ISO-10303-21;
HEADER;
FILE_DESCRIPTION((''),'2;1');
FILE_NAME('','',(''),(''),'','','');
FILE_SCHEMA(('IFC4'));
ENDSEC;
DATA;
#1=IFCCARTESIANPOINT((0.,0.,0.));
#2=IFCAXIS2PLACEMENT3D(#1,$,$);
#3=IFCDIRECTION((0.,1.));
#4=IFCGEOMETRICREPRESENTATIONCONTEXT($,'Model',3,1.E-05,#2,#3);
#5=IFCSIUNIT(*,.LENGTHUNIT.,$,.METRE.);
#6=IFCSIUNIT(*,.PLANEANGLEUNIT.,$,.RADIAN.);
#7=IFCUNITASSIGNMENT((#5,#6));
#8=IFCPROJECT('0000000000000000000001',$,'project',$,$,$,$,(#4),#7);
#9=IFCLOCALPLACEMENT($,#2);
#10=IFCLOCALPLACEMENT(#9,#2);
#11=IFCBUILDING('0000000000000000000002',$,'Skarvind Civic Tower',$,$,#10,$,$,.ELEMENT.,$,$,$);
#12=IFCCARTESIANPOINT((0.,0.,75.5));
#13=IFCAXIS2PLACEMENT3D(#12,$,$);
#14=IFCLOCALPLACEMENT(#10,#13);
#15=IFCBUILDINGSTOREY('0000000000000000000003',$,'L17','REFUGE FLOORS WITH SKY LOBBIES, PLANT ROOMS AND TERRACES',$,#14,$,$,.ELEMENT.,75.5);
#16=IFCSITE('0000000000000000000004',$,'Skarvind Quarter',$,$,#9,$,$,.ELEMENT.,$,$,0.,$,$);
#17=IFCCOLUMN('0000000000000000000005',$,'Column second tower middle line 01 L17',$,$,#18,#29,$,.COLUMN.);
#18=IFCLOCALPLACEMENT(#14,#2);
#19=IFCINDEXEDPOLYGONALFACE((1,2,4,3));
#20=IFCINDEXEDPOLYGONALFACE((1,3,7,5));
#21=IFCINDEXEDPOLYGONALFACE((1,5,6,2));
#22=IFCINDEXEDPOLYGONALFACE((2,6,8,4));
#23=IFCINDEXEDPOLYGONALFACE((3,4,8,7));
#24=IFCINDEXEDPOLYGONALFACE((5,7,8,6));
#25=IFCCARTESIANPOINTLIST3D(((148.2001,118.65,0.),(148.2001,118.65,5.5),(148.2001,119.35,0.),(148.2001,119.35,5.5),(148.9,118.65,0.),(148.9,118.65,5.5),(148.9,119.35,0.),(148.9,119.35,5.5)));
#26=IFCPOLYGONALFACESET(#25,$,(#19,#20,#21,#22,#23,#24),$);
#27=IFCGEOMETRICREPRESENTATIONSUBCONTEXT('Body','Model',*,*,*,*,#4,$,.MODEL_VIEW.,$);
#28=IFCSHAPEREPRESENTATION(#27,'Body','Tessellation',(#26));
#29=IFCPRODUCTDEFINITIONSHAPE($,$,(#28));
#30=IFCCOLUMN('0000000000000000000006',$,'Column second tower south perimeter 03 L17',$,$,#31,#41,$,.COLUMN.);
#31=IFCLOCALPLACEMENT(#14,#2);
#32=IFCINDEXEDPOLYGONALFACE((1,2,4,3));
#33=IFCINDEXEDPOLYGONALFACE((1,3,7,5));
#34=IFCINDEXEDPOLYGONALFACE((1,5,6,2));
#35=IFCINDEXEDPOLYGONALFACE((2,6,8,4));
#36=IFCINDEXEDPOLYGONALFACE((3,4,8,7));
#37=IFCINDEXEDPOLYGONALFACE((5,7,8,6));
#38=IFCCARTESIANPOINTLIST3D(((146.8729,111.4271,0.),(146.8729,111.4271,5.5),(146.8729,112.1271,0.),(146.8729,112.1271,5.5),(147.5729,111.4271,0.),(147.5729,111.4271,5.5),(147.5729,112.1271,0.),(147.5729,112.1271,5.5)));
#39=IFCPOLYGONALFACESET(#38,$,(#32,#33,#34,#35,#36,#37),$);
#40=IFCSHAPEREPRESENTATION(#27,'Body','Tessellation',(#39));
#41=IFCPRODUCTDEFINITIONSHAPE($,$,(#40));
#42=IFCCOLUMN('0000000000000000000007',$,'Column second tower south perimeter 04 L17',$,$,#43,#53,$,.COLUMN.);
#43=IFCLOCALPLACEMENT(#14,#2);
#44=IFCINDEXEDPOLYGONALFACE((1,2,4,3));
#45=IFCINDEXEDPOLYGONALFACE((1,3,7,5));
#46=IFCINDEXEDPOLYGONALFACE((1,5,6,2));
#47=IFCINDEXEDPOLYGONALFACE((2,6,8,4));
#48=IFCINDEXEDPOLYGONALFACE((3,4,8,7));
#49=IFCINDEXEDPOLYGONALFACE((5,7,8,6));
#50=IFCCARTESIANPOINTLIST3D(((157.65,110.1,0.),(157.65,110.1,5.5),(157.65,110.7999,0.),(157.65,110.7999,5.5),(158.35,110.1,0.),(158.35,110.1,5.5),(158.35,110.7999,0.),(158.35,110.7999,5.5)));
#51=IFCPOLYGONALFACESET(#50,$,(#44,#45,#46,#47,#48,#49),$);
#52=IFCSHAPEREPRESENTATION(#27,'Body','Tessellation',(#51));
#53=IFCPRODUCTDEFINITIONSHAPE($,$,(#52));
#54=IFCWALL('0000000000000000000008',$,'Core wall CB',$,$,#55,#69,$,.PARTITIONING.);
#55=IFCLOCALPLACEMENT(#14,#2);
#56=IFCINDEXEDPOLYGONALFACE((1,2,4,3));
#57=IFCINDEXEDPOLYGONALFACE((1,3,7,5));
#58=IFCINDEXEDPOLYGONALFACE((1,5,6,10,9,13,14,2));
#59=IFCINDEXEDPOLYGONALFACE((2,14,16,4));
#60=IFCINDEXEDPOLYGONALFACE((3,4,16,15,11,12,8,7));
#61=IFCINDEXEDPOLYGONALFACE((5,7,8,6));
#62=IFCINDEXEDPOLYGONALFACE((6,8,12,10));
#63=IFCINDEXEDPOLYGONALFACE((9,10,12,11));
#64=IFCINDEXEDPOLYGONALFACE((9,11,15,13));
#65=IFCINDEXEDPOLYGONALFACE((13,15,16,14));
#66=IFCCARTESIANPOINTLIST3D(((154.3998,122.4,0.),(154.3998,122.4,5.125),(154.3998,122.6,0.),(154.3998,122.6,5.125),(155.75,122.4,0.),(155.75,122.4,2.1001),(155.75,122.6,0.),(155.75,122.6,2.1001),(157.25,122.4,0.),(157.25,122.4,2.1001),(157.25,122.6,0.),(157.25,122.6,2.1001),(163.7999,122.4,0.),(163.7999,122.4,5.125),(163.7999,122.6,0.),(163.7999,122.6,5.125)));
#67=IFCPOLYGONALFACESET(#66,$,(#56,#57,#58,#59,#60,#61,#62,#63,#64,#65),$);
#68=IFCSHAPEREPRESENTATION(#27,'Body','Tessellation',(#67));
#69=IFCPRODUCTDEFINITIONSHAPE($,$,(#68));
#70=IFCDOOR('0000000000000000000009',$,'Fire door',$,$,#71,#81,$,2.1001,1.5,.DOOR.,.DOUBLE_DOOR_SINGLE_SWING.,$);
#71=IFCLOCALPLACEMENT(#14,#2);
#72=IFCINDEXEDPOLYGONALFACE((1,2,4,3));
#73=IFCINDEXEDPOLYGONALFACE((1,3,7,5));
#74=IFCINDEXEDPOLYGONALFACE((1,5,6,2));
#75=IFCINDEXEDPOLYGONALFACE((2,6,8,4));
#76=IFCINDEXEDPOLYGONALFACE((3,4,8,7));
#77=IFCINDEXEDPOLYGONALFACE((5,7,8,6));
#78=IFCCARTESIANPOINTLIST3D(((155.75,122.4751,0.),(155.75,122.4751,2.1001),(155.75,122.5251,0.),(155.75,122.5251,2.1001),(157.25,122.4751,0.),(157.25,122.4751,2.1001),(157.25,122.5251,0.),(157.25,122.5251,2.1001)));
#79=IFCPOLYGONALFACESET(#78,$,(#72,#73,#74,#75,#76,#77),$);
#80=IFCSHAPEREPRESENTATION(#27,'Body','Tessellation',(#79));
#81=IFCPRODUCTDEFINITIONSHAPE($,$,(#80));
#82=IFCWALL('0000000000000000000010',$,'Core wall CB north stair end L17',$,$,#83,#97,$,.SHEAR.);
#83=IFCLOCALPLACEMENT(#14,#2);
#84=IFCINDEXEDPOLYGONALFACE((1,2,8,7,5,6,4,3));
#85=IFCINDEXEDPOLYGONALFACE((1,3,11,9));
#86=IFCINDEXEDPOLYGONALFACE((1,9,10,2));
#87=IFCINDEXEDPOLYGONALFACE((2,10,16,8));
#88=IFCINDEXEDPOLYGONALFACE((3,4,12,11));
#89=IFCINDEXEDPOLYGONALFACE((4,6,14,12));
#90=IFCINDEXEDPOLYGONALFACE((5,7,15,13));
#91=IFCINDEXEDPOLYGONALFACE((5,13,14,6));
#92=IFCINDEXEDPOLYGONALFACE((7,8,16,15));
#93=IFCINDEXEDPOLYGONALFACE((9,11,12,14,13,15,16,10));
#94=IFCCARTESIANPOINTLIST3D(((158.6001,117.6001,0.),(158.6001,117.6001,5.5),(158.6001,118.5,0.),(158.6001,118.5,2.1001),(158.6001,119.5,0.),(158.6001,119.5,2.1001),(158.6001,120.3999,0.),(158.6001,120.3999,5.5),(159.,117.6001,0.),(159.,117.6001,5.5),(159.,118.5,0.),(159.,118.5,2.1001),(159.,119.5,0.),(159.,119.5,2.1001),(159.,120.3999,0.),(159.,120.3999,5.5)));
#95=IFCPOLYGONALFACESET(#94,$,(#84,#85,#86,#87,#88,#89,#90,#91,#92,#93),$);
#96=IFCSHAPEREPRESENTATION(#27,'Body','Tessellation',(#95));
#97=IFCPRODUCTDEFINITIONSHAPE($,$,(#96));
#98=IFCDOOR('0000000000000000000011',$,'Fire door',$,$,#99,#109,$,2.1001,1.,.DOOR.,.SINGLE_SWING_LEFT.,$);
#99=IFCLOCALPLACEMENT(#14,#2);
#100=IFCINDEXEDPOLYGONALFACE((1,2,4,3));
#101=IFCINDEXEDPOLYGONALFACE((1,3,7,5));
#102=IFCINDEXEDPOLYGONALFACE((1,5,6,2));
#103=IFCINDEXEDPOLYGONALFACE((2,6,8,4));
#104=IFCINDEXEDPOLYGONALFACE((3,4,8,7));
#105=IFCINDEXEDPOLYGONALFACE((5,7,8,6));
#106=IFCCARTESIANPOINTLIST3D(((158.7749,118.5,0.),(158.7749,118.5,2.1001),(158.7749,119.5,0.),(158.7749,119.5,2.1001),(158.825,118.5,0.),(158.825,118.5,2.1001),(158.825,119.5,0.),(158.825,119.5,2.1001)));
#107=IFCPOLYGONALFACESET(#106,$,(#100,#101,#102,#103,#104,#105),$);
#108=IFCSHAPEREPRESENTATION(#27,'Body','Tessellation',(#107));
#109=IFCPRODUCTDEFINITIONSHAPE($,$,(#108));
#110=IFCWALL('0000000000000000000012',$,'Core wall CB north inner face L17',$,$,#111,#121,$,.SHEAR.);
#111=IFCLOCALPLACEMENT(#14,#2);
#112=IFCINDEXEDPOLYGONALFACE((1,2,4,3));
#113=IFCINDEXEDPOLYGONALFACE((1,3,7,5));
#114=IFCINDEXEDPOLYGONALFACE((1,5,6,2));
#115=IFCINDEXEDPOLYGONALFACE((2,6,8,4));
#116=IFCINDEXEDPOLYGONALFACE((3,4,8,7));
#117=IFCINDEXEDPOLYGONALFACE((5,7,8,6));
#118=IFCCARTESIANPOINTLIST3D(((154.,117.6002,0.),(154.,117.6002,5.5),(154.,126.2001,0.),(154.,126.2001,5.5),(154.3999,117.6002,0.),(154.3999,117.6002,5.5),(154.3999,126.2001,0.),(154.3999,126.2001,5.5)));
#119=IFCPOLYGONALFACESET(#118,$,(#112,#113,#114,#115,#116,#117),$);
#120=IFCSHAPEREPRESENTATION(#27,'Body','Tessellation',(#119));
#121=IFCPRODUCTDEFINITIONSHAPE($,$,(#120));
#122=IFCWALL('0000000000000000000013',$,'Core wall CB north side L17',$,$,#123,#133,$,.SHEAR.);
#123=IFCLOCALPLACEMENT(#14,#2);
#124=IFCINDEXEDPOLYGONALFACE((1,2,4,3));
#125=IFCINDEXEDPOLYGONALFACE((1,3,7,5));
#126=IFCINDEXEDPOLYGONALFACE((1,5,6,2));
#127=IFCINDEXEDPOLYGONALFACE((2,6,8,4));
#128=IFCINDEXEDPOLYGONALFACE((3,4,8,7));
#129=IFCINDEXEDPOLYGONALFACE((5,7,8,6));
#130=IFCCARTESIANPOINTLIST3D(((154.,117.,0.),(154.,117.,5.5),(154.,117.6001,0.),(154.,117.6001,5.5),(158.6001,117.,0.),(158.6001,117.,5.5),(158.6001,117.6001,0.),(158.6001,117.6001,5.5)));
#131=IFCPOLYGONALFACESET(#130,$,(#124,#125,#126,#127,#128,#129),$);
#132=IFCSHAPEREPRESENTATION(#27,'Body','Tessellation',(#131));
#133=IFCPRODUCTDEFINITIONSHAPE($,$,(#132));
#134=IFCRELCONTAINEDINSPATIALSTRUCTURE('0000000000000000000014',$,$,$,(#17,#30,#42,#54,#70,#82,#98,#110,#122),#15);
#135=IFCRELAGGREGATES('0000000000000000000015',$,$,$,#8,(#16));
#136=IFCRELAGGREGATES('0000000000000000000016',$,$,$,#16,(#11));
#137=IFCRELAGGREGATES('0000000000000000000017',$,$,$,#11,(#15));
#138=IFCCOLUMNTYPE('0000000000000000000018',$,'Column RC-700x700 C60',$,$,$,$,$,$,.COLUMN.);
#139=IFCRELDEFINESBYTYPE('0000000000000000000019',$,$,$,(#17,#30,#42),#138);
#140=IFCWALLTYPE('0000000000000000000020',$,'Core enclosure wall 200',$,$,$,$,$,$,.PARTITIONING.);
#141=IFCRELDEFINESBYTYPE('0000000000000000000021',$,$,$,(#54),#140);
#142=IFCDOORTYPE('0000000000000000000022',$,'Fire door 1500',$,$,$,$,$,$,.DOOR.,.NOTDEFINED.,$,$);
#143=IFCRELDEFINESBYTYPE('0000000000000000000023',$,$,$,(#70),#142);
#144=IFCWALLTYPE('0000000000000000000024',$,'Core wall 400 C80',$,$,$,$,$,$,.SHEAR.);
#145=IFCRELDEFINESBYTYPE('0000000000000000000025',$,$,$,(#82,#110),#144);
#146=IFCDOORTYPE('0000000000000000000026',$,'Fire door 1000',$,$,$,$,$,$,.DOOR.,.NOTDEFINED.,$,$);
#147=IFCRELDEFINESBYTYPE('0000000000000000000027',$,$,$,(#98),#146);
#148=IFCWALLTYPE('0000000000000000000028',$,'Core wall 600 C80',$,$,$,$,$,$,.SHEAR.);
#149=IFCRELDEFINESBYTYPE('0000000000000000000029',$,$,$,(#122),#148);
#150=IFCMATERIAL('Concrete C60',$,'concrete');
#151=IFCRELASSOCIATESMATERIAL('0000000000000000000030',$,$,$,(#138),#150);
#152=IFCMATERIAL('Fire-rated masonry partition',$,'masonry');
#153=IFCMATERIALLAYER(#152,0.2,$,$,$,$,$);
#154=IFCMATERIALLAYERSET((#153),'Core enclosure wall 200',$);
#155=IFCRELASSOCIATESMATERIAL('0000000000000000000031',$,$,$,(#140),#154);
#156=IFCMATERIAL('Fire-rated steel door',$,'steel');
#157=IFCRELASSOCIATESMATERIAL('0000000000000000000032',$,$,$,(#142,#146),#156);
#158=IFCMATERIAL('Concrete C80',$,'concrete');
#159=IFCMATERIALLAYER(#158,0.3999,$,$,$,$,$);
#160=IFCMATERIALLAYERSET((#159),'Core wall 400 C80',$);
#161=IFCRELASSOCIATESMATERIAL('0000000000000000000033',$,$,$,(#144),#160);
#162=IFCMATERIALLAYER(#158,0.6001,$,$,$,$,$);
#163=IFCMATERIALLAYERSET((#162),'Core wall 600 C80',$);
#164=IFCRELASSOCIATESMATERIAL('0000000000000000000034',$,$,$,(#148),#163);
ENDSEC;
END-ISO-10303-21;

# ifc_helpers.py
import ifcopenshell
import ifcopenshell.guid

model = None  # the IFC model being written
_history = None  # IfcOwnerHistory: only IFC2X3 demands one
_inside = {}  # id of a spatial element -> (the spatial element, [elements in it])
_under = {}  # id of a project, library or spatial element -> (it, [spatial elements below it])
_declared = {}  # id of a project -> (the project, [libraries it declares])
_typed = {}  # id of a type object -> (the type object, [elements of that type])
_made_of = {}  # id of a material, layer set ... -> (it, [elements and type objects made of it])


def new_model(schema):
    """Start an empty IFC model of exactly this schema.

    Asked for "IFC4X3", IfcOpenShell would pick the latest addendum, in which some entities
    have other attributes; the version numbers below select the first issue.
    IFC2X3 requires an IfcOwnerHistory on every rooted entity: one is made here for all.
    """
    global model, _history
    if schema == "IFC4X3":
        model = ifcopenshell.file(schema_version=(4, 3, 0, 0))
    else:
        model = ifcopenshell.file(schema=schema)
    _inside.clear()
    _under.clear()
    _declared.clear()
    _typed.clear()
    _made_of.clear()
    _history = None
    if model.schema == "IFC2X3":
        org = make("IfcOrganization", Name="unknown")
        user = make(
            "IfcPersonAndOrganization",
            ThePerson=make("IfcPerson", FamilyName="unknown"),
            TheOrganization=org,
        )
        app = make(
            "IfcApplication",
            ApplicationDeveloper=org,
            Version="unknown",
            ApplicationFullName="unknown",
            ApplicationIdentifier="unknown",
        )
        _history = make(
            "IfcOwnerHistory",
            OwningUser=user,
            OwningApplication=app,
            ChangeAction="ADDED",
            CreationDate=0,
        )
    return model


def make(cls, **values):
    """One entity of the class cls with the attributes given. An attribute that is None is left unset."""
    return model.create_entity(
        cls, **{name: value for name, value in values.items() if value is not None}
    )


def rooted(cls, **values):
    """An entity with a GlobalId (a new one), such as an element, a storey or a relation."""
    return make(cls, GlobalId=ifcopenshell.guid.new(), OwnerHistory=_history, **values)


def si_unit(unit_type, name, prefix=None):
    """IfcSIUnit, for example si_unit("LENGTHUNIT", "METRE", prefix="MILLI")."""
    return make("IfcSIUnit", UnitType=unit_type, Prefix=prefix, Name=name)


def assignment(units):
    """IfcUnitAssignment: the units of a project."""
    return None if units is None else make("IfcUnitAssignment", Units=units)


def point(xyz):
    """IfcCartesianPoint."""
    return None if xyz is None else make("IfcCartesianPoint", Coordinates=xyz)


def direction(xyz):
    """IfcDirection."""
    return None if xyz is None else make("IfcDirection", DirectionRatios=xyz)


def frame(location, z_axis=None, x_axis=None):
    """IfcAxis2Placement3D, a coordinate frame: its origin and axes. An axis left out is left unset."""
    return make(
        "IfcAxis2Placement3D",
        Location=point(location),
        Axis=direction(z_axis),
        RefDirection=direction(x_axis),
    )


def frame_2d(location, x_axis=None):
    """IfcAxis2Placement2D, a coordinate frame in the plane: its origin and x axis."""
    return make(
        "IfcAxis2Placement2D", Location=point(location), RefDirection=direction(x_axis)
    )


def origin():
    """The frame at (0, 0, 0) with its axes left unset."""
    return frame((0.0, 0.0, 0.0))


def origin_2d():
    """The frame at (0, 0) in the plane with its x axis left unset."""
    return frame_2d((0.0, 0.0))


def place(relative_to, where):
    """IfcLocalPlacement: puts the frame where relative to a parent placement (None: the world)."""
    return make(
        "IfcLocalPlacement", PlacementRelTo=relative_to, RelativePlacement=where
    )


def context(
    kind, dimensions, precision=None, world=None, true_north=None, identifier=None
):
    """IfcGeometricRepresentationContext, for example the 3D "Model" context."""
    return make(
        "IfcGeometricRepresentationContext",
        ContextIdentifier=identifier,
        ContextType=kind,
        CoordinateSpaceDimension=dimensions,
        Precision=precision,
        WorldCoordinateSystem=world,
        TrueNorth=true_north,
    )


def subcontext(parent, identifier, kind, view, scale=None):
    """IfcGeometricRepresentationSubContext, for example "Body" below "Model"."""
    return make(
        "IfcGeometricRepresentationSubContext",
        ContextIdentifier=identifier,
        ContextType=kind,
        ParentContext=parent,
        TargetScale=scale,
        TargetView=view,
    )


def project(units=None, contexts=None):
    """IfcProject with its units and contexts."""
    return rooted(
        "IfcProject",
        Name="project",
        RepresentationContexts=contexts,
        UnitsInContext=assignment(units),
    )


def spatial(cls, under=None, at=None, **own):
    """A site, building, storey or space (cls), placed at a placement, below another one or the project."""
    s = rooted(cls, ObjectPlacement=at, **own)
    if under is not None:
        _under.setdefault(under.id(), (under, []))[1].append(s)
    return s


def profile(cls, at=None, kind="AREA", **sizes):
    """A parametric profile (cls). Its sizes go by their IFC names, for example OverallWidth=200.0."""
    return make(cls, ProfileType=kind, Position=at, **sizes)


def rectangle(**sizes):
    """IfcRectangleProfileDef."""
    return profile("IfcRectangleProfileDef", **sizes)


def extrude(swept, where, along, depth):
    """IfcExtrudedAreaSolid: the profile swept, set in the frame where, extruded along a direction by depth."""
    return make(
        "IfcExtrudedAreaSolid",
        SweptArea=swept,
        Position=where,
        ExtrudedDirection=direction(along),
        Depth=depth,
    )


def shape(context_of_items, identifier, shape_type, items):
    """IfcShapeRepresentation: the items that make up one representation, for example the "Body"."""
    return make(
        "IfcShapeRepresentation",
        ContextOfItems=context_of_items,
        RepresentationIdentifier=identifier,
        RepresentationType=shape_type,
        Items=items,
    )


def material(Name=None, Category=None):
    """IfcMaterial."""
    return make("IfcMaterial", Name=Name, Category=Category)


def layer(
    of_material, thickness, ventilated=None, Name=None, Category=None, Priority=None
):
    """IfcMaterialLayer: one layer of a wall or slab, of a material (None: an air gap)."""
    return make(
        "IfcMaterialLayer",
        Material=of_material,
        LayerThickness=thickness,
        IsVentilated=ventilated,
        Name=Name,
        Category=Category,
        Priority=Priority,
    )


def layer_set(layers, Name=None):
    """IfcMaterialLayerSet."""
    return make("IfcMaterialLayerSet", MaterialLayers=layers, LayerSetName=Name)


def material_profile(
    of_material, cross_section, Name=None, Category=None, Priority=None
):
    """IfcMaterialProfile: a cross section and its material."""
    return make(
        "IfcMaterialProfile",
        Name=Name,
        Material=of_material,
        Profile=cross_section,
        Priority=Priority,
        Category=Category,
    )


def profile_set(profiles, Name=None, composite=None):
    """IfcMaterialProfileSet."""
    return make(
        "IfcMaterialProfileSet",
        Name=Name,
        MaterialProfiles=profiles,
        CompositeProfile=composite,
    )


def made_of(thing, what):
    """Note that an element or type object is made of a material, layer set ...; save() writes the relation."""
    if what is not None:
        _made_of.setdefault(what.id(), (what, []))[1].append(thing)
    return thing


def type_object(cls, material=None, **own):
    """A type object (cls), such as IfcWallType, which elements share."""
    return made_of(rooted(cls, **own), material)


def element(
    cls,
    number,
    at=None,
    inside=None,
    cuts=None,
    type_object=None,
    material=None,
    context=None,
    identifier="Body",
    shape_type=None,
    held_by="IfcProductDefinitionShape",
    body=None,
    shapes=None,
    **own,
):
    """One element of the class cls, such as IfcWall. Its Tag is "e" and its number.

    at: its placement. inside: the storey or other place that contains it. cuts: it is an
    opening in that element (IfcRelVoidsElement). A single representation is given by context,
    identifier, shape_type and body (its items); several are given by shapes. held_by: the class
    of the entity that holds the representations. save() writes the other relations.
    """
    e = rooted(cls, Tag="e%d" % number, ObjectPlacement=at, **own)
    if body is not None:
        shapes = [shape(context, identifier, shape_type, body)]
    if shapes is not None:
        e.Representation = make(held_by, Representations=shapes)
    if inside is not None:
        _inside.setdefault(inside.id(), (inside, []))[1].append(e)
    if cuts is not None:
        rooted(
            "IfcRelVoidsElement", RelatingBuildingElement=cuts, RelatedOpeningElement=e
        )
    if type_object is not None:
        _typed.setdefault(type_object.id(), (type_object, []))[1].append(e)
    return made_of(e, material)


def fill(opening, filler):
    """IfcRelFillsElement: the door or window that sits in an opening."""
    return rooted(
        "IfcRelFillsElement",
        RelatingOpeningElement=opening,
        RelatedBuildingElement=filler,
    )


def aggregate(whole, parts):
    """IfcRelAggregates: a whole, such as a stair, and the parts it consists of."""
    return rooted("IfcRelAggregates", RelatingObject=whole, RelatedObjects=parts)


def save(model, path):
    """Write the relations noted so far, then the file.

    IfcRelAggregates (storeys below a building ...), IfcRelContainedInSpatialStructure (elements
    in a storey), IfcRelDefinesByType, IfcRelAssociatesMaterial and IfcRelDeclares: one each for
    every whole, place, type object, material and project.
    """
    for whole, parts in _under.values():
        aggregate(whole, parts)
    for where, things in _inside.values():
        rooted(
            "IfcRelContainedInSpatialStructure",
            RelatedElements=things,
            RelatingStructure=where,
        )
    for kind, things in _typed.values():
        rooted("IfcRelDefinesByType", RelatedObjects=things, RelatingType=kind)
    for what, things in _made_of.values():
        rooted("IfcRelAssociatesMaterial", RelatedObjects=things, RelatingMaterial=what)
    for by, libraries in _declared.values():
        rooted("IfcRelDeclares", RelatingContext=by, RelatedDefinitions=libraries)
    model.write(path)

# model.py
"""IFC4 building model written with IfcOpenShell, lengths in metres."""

from ifc_helpers import new_model, si_unit, direction, frame, frame_2d, origin, origin_2d, place, context, subcontext, project, spatial, rectangle, extrude, material, layer, layer_set, material_profile, profile_set, type_object, element, fill, save


model = new_model("IFC4")

# Units and contexts
model_context = context("Model", 3, precision=1e-05, world=origin(), true_north=direction((0.0, 1.0)))
body_context = subcontext(model_context, "Body", "Model", "MODEL_VIEW")
ifc_project = project(units=[si_unit("LENGTHUNIT", "METRE"), si_unit("PLANEANGLEUNIT", "RADIAN")], contexts=[model_context])

# Site, building, storey
site_placement = place(None, origin())
site = spatial("IfcSite", under=ifc_project, at=site_placement, Name="Skarvind Quarter", CompositionType="ELEMENT", RefElevation=0.0)
building_placement = place(site_placement, origin())
building = spatial("IfcBuilding", under=site, at=building_placement, Name="Skarvind Civic Tower", CompositionType="ELEMENT")
storey_placement = place(building_placement, frame((0.0, 0.0, 75.5)))
storey = spatial("IfcBuildingStorey", under=building, at=storey_placement, Name="L17", Description="REFUGE FLOORS WITH SKY LOBBIES, PLANT ROOMS AND TERRACES", CompositionType="ELEMENT", Elevation=75.5)

# Columns
ifc_material_1 = material(Name="Concrete C60", Category="concrete")
ifc_material_profile = material_profile(ifc_material_1, rectangle(XDim=0.7, YDim=0.7, at=origin_2d()), Name="RC-700x700")
ifc_profile_set = profile_set([ifc_material_profile], Name="Concrete C60")
column_type = type_object("IfcColumnType", Name="Column RC-700x700 C60", PredefinedType="COLUMN", material=ifc_profile_set)
for number, where, z_axis, x_axis, name in (
    (1, (148.55, 119.0, 0.0), (0.0, 0.0, 1.0), (1.0, 0.0, 0.0), "Column second tower middle line 01 L17"),
    (2, (147.2229, 111.7771, 0.0), (0.0, 0.0, 1.0), (1.0, 0.0, 0.0), "Column second tower south perimeter 03 L17"),
    (3, (158.0, 110.45, 0.0), (0.0, 0.0, 1.0), (1.0, 0.0, 0.0), "Column second tower south perimeter 04 L17"),
):
    element("IfcColumn", number, at=place(storey_placement, frame(where, z_axis=z_axis, x_axis=x_axis)), inside=storey, type_object=column_type, Name=name, PredefinedType="COLUMN", context=body_context, shape_type="SweptSolid", body=[
        extrude(rectangle(XDim=0.7, YDim=0.7, at=origin_2d()), origin(), (0.0, 0.0, 1.0), 5.5),
    ])

# Walls, openings, doors
ifc_material_2 = material(Name="Fire-rated masonry partition", Category="masonry")
ifc_layer_1 = layer(ifc_material_2, 0.2)
ifc_layer_set_1 = layer_set([ifc_layer_1], Name="Core enclosure wall 200")
wall_type_1 = type_object("IfcWallType", Name="Core enclosure wall 200", PredefinedType="PARTITIONING", material=ifc_layer_set_1)
wall_1_placement = place(storey_placement, frame((163.8, 122.5, 0.0), z_axis=(0.0, 0.0, 1.0), x_axis=(-1.0, 0.0, 0.0)))
wall_1 = element("IfcWall", 4, at=wall_1_placement, inside=storey, type_object=wall_type_1, Name="Core wall CB", PredefinedType="PARTITIONING", context=body_context, shape_type="SweptSolid", body=[
    extrude(rectangle(XDim=9.4001, YDim=0.2, at=frame_2d((4.7002, 0.0))), origin(), (0.0, 0.0, 1.0), 5.125),
])
opening_1_placement = place(wall_1_placement, frame((6.55, 0.0, 0.0)))
opening_1 = element("IfcOpeningElement", 5, at=opening_1_placement, cuts=wall_1, PredefinedType="OPENING", context=body_context, shape_type="SweptSolid", body=[
    extrude(rectangle(XDim=1.5, YDim=2.1001, at=frame_2d((0.75, 1.05))), frame((0.0, 0.1099, 0.0), z_axis=(0.0, -1.0, 0.0), x_axis=(1.0, 0.0, 0.0)), (0.0, 0.0, 1.0), 0.22),
])
ifc_material_3 = material(Name="Fire-rated steel door", Category="steel")
door_type_1 = type_object("IfcDoorType", Name="Fire door 1500", OperationType="NOTDEFINED", PredefinedType="DOOR", material=ifc_material_3)
door_1_placement = place(opening_1_placement, origin())
door_1 = element("IfcDoor", 6, at=door_1_placement, inside=storey, type_object=door_type_1, Name="Fire door", OperationType="DOUBLE_DOOR_SINGLE_SWING", OverallHeight=2.1001, OverallWidth=1.5, PredefinedType="DOOR", context=body_context, shape_type="SweptSolid", body=[
    extrude(rectangle(XDim=1.5, YDim=2.1001, at=frame_2d((0.75, 1.05))), frame((0.0, 0.0249, 0.0), z_axis=(0.0, -1.0, 0.0), x_axis=(1.0, 0.0, 0.0)), (0.0, 0.0, 1.0), 0.05),
])
fill(opening_1, door_1)
ifc_material_4 = material(Name="Concrete C80", Category="concrete")
ifc_layer_2 = layer(ifc_material_4, 0.3999)
ifc_layer_set_2 = layer_set([ifc_layer_2], Name="Core wall 400 C80")
wall_type_2 = type_object("IfcWallType", Name="Core wall 400 C80", PredefinedType="SHEAR", material=ifc_layer_set_2)
wall_2_placement = place(storey_placement, frame((158.8, 120.3999, 0.0), z_axis=(0.0, 0.0, 1.0), x_axis=(0.0, -1.0, 0.0)))
wall_2 = element("IfcWall", 7, at=wall_2_placement, inside=storey, type_object=wall_type_2, Name="Core wall CB north stair end L17", PredefinedType="SHEAR", context=body_context, shape_type="SweptSolid", body=[
    extrude(rectangle(XDim=2.7998, YDim=0.3999, at=frame_2d((1.3999, 0.0))), origin(), (0.0, 0.0, 1.0), 5.5),
])
opening_2_placement = place(wall_2_placement, frame((0.8999, 0.0, 0.0)))
opening_2 = element("IfcOpeningElement", 8, at=opening_2_placement, cuts=wall_2, PredefinedType="OPENING", context=body_context, shape_type="SweptSolid", body=[
    extrude(rectangle(XDim=1.0, YDim=2.1001, at=frame_2d((0.5, 1.05))), frame((0.0, 0.21, 0.0), z_axis=(0.0, -1.0, 0.0), x_axis=(1.0, 0.0, 0.0)), (0.0, 0.0, 1.0), 0.4199),
])
door_type_2 = type_object("IfcDoorType", Name="Fire door 1000", OperationType="NOTDEFINED", PredefinedType="DOOR", material=ifc_material_3)
door_2_placement = place(opening_2_placement, origin())
door_2 = element("IfcDoor", 9, at=door_2_placement, inside=storey, type_object=door_type_2, Name="Fire door", OperationType="SINGLE_SWING_LEFT", OverallHeight=2.1001, OverallWidth=1.0, PredefinedType="DOOR", context=body_context, shape_type="SweptSolid", body=[
    extrude(rectangle(XDim=1.0, YDim=2.1001, at=frame_2d((0.5, 1.05))), frame((0.0, 0.0249, 0.0), z_axis=(0.0, -1.0, 0.0), x_axis=(1.0, 0.0, 0.0)), (0.0, 0.0, 1.0), 0.05),
])
fill(opening_2, door_2)

# Walls
wall_3_placement = place(storey_placement, frame((154.2, 126.2, 0.0), z_axis=(0.0, 0.0, 1.0), x_axis=(0.0, -1.0, 0.0)))
element("IfcWall", 10, at=wall_3_placement, inside=storey, type_object=wall_type_2, Name="Core wall CB north inner face L17", PredefinedType="SHEAR", context=body_context, shape_type="SweptSolid", body=[
    extrude(rectangle(XDim=8.5999, YDim=0.3999, at=frame_2d((4.2998, 0.0))), origin(), (0.0, 0.0, 1.0), 5.5),
])
ifc_layer_3 = layer(ifc_material_4, 0.6001)
ifc_layer_set_3 = layer_set([ifc_layer_3], Name="Core wall 600 C80")
wall_type_3 = type_object("IfcWallType", Name="Core wall 600 C80", PredefinedType="SHEAR", material=ifc_layer_set_3)
wall_4_placement = place(storey_placement, frame((158.6001, 117.3, 0.0), z_axis=(0.0, 0.0, 1.0), x_axis=(-1.0, 0.0, 0.0)))
element("IfcWall", 11, at=wall_4_placement, inside=storey, type_object=wall_type_3, Name="Core wall CB north side L17", PredefinedType="SHEAR", context=body_context, shape_type="SweptSolid", body=[
    extrude(rectangle(XDim=4.6001, YDim=0.6001, at=frame_2d((2.3, 0.0))), origin(), (0.0, 0.0, 1.0), 5.5),
])

save(model, "model.ifc")
